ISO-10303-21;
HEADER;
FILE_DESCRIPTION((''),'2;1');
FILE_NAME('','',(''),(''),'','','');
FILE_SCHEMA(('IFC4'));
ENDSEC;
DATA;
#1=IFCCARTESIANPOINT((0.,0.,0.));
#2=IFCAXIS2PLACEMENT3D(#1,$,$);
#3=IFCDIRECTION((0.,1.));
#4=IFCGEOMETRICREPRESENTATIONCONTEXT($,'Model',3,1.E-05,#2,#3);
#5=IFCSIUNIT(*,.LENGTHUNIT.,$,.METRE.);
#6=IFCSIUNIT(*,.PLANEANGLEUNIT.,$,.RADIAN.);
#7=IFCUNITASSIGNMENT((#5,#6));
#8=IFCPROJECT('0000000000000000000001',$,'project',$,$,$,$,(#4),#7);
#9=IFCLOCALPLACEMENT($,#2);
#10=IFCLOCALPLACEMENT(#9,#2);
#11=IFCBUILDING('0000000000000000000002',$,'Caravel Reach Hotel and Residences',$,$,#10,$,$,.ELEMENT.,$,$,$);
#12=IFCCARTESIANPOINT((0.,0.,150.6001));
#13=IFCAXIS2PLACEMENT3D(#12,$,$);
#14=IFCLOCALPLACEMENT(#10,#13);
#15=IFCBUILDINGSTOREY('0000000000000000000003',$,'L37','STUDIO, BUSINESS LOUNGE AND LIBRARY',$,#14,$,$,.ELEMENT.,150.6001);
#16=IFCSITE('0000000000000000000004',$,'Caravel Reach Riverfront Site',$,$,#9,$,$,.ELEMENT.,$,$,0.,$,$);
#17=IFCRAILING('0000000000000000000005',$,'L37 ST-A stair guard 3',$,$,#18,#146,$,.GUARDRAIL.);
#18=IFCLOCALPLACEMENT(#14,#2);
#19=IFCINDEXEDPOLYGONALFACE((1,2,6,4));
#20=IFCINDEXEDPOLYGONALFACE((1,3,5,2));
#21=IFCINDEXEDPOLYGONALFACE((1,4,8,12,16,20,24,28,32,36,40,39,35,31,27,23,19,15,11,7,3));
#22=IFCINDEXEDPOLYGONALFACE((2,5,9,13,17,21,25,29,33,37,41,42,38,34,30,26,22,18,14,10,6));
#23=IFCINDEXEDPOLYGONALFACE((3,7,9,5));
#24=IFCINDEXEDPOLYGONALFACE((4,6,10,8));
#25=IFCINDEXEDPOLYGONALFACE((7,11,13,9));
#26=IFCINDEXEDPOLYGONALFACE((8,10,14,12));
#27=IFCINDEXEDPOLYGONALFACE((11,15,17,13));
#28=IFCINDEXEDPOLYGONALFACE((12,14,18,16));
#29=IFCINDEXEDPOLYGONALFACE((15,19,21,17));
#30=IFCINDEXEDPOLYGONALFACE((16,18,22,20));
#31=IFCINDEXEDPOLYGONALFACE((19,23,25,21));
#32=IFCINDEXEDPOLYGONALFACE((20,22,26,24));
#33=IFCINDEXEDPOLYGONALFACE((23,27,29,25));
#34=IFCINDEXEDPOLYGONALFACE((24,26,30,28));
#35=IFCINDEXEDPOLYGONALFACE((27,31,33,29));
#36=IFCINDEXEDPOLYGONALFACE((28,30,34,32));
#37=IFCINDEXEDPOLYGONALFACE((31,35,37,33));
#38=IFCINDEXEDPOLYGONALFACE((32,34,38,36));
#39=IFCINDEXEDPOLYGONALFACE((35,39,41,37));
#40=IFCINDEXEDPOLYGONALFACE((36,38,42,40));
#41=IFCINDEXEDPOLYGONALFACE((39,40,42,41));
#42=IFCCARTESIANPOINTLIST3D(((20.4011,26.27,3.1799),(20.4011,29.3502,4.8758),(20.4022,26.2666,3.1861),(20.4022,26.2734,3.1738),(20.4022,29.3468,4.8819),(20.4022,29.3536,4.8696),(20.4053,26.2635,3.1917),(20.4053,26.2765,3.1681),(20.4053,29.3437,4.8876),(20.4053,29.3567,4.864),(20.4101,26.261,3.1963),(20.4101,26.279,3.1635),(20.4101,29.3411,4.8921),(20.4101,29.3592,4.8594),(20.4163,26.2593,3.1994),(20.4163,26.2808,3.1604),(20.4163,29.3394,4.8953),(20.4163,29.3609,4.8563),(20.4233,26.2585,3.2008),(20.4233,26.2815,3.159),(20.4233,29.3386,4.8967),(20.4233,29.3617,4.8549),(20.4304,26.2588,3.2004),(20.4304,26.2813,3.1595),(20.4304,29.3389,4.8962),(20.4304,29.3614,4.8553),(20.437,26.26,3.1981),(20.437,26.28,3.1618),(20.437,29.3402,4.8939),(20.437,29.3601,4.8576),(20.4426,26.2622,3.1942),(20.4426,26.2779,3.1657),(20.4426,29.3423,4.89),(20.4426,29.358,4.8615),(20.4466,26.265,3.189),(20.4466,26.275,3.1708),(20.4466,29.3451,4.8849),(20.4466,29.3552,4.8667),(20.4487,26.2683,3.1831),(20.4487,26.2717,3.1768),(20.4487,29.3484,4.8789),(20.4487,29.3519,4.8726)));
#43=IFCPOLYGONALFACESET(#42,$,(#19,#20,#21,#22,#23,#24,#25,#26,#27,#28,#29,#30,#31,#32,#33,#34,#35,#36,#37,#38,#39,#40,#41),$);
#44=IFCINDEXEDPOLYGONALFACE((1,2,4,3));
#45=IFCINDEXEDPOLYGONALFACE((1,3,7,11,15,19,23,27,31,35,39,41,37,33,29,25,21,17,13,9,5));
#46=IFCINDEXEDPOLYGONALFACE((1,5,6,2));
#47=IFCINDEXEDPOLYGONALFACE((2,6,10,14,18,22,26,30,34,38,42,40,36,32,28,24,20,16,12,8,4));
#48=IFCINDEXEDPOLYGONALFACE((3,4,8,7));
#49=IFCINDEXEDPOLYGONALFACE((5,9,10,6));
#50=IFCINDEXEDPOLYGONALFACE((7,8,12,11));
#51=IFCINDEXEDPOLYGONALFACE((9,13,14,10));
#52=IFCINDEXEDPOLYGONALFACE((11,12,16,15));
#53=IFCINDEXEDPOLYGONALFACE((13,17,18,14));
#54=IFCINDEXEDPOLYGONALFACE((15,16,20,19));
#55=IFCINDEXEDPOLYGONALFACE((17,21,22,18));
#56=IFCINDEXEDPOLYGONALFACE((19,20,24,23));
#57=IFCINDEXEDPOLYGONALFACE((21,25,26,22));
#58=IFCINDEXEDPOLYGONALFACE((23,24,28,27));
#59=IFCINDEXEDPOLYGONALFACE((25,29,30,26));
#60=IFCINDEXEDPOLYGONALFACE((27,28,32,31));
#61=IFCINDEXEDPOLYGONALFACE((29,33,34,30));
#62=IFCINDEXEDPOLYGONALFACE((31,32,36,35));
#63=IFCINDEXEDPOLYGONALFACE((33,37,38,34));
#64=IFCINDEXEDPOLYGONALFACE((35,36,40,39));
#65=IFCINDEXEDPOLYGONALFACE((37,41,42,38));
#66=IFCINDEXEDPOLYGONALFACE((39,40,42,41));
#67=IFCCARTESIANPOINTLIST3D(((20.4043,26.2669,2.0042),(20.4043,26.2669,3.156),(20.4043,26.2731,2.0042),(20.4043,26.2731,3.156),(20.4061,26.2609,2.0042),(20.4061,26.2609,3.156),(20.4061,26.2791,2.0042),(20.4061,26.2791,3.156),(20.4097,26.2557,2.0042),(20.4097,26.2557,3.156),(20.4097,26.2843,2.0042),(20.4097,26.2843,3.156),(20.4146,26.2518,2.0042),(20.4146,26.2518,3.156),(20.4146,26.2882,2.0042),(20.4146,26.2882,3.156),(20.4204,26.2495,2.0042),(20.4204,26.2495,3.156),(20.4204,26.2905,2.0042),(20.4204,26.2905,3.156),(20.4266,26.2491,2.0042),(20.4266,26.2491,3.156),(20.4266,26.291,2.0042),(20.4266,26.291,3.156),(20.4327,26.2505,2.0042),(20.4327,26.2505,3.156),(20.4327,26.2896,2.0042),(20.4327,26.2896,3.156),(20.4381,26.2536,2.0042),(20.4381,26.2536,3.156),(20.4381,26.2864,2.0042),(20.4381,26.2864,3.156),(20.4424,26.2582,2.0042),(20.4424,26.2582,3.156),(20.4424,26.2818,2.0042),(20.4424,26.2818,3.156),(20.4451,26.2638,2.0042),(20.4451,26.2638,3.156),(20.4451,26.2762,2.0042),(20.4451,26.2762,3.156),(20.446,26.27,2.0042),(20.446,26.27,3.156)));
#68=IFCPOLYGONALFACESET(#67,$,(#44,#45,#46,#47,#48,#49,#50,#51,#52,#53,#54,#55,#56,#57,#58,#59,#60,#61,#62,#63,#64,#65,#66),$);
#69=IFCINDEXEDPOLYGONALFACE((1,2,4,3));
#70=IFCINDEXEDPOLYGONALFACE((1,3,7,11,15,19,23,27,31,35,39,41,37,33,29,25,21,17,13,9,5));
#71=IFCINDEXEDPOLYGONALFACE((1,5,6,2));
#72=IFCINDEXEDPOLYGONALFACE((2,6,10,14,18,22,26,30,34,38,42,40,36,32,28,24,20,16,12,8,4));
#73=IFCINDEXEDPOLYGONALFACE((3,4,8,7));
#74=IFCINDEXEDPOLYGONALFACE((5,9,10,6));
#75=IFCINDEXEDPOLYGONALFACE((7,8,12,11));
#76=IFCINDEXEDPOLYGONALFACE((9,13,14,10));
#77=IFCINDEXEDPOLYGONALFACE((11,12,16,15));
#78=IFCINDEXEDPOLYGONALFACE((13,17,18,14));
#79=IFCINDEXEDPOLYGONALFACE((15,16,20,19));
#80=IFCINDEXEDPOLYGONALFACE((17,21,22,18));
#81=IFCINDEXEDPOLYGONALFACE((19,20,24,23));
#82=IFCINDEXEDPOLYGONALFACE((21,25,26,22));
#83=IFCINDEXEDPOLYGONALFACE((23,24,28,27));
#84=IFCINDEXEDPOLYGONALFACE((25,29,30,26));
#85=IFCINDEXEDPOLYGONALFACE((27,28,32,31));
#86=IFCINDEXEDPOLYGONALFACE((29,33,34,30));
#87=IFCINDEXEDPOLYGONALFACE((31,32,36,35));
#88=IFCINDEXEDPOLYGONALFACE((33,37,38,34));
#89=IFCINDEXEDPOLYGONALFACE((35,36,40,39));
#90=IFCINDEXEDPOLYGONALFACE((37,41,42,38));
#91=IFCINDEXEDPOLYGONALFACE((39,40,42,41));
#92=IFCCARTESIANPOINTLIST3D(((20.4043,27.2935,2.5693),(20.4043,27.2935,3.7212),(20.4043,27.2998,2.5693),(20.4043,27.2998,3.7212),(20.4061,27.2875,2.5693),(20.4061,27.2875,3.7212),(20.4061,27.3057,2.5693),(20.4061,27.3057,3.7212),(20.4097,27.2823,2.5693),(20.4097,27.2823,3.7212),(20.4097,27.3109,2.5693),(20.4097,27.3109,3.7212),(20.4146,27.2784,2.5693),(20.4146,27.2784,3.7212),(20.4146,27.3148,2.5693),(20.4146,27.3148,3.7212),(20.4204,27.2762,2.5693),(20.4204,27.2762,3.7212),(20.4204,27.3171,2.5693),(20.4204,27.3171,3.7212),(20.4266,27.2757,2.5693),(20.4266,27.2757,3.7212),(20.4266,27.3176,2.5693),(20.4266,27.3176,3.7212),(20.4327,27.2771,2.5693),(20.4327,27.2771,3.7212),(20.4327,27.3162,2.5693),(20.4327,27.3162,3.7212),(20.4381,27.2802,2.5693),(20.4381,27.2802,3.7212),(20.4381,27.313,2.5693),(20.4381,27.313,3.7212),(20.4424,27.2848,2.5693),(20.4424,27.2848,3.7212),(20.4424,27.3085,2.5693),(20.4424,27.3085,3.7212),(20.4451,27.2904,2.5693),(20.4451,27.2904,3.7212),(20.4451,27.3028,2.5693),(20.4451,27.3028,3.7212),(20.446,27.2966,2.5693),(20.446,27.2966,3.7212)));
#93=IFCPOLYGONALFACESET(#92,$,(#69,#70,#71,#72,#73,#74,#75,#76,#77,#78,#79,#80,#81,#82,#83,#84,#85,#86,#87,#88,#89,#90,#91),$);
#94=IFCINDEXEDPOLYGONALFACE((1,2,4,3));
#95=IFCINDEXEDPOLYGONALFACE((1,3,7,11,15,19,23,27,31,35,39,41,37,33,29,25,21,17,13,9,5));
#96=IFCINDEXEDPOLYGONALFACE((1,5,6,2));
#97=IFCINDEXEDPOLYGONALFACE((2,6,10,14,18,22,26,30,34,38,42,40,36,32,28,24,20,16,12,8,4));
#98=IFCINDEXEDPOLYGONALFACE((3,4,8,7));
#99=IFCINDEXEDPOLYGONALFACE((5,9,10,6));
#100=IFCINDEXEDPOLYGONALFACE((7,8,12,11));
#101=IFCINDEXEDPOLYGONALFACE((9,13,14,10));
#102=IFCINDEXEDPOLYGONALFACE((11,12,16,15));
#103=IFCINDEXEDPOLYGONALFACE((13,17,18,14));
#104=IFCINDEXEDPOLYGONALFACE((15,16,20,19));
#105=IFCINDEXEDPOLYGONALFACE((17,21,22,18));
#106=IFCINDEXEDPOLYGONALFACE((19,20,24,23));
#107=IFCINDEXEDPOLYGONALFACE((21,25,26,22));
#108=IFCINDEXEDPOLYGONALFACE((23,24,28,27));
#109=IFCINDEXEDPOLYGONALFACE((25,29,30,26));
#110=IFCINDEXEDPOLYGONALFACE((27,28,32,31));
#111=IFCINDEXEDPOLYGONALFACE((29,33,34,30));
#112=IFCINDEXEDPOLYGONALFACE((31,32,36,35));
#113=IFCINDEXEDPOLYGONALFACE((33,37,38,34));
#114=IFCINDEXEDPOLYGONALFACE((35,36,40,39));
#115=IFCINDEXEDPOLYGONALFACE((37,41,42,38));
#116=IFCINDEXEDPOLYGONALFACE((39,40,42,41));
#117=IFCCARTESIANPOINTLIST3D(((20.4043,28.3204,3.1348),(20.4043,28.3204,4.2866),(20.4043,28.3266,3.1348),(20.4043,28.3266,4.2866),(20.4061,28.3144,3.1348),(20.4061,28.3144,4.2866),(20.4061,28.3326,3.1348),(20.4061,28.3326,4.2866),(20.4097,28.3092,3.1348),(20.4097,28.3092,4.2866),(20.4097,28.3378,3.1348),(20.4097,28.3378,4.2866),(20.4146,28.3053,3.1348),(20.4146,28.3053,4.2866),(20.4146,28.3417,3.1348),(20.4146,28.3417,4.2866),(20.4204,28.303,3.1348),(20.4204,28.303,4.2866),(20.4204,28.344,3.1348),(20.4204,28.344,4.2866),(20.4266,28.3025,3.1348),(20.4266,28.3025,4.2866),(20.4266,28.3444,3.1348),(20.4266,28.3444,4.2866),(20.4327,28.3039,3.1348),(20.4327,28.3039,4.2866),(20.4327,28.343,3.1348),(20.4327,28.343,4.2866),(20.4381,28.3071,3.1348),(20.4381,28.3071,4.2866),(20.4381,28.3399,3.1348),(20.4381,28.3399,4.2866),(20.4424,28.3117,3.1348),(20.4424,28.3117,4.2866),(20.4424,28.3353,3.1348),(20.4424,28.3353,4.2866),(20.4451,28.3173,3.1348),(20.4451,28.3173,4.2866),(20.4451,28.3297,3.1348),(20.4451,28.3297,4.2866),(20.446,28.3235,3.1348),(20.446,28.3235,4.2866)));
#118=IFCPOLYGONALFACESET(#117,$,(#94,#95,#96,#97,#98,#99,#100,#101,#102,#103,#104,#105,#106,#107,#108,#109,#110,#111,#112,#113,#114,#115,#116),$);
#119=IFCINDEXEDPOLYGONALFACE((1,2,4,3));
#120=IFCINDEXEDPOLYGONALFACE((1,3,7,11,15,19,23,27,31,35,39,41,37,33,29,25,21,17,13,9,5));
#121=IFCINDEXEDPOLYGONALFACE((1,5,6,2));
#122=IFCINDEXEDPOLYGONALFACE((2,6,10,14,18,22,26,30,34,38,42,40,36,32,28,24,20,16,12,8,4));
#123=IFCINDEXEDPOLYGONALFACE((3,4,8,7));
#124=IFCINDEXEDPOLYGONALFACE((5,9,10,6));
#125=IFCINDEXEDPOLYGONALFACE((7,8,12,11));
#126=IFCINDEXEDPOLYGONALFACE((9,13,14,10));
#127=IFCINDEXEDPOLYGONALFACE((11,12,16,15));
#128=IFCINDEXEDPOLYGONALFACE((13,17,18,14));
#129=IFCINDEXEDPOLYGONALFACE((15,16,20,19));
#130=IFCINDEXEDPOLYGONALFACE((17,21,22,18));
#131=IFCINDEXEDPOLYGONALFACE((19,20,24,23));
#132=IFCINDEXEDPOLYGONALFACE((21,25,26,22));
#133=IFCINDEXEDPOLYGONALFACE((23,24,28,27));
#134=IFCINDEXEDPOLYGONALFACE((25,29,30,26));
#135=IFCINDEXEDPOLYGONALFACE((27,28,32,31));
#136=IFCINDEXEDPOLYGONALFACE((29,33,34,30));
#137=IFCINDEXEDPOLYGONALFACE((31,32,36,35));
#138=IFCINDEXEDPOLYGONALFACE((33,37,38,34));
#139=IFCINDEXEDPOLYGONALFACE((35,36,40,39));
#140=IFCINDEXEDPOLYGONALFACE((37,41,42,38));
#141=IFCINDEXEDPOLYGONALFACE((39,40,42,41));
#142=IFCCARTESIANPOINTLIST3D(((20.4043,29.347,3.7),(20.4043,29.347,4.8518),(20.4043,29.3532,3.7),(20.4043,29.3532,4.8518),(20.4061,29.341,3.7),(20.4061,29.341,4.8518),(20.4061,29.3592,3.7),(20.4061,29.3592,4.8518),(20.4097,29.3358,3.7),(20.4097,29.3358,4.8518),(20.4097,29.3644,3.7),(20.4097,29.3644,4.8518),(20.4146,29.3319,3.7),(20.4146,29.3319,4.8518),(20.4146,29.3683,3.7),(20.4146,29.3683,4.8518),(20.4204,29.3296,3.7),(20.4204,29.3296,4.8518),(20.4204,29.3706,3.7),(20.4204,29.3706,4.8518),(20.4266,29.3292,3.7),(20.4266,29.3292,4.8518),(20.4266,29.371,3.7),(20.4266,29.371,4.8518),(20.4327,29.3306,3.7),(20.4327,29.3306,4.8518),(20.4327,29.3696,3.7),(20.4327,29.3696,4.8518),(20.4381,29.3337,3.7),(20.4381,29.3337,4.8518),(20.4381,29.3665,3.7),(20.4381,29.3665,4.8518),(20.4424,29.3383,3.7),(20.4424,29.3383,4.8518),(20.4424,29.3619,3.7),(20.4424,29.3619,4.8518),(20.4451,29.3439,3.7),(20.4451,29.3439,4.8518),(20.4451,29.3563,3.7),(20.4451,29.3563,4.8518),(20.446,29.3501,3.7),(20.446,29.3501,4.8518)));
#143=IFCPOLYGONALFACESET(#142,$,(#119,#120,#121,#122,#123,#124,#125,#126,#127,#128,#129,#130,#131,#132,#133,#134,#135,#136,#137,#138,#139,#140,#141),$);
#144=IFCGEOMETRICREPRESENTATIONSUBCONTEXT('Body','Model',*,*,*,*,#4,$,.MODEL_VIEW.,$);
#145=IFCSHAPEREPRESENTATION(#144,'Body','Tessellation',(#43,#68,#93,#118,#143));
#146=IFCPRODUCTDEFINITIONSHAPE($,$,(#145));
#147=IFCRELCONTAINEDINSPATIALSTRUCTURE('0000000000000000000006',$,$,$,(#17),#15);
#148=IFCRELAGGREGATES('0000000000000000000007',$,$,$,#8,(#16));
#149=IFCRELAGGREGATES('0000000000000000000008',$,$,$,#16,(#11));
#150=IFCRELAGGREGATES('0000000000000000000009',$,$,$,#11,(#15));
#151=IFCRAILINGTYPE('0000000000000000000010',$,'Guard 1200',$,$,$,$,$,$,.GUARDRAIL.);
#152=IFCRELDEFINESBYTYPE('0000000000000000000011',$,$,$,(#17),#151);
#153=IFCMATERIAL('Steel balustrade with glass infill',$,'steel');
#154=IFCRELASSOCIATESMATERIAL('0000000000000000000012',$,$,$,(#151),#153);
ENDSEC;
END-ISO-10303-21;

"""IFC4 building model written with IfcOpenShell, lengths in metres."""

from ifc_helpers import new_model, si_unit, direction, frame, origin, origin_2d, place, context, subcontext, project, spatial, circle, extrude, material, type_object, element, save


model = new_model("IFC4")

# Units and contexts
model_context = context("Model", 3, precision=1e-05, world=origin(), true_north=direction((0.0, 1.0)))
body_context = subcontext(model_context, "Body", "Model", "MODEL_VIEW")
ifc_project = project(units=[si_unit("LENGTHUNIT", "METRE"), si_unit("PLANEANGLEUNIT", "RADIAN")], contexts=[model_context])

# Site, building, storey
site_placement = place(None, origin())
site = spatial("IfcSite", under=ifc_project, at=site_placement, Name="Caravel Reach Riverfront Site", CompositionType="ELEMENT", RefElevation=0.0)
building_placement = place(site_placement, origin())
building = spatial("IfcBuilding", under=site, at=building_placement, Name="Caravel Reach Hotel and Residences", CompositionType="ELEMENT")
storey_placement = place(building_placement, frame((0.0, 0.0, 150.6001)))
storey = spatial("IfcBuildingStorey", under=building, at=storey_placement, Name="L37", Description="STUDIO, BUSINESS LOUNGE AND LIBRARY", CompositionType="ELEMENT", Elevation=150.6001)

# Railing
ifc_material_1 = material(Name="Steel balustrade with glass infill", Category="steel")
railing_type_1 = type_object("IfcRailingType", Name="Guard 1200", PredefinedType="GUARDRAIL", material=ifc_material_1)
railing_1_placement = place(storey_placement, frame((20.425, 26.27, 2.0042)))
element("IfcRailing", 1, at=railing_1_placement, inside=storey, type_object=railing_type_1, Name="L37 ST-A stair guard 3", PredefinedType="GUARDRAIL", context=body_context, shape_type="SweptSolid", body=[
    extrude(circle(Radius=0.0239, at=origin_2d()), frame((0.0, 0.0, 1.1758), z_axis=(0.0, 0.876005, 0.482303), x_axis=(-1.0, 0.0, 0.0)), (0.0, 0.0, 1.0), 3.5161),
    extrude(circle(Radius=0.021, at=origin_2d()), origin(), (0.0, 0.0, 1.0), 1.1519),
    extrude(circle(Radius=0.021, at=origin_2d()), frame((0.0, 1.0266, 0.5652)), (0.0, 0.0, 1.0), 1.1519),
    extrude(circle(Radius=0.021, at=origin_2d()), frame((0.0, 2.0535, 1.1306)), (0.0, 0.0, 1.0), 1.1519),
    extrude(circle(Radius=0.021, at=origin_2d()), frame((0.0, 3.0801, 1.6958)), (0.0, 0.0, 1.0), 1.1519),
])

save(model, "model.ifc")
